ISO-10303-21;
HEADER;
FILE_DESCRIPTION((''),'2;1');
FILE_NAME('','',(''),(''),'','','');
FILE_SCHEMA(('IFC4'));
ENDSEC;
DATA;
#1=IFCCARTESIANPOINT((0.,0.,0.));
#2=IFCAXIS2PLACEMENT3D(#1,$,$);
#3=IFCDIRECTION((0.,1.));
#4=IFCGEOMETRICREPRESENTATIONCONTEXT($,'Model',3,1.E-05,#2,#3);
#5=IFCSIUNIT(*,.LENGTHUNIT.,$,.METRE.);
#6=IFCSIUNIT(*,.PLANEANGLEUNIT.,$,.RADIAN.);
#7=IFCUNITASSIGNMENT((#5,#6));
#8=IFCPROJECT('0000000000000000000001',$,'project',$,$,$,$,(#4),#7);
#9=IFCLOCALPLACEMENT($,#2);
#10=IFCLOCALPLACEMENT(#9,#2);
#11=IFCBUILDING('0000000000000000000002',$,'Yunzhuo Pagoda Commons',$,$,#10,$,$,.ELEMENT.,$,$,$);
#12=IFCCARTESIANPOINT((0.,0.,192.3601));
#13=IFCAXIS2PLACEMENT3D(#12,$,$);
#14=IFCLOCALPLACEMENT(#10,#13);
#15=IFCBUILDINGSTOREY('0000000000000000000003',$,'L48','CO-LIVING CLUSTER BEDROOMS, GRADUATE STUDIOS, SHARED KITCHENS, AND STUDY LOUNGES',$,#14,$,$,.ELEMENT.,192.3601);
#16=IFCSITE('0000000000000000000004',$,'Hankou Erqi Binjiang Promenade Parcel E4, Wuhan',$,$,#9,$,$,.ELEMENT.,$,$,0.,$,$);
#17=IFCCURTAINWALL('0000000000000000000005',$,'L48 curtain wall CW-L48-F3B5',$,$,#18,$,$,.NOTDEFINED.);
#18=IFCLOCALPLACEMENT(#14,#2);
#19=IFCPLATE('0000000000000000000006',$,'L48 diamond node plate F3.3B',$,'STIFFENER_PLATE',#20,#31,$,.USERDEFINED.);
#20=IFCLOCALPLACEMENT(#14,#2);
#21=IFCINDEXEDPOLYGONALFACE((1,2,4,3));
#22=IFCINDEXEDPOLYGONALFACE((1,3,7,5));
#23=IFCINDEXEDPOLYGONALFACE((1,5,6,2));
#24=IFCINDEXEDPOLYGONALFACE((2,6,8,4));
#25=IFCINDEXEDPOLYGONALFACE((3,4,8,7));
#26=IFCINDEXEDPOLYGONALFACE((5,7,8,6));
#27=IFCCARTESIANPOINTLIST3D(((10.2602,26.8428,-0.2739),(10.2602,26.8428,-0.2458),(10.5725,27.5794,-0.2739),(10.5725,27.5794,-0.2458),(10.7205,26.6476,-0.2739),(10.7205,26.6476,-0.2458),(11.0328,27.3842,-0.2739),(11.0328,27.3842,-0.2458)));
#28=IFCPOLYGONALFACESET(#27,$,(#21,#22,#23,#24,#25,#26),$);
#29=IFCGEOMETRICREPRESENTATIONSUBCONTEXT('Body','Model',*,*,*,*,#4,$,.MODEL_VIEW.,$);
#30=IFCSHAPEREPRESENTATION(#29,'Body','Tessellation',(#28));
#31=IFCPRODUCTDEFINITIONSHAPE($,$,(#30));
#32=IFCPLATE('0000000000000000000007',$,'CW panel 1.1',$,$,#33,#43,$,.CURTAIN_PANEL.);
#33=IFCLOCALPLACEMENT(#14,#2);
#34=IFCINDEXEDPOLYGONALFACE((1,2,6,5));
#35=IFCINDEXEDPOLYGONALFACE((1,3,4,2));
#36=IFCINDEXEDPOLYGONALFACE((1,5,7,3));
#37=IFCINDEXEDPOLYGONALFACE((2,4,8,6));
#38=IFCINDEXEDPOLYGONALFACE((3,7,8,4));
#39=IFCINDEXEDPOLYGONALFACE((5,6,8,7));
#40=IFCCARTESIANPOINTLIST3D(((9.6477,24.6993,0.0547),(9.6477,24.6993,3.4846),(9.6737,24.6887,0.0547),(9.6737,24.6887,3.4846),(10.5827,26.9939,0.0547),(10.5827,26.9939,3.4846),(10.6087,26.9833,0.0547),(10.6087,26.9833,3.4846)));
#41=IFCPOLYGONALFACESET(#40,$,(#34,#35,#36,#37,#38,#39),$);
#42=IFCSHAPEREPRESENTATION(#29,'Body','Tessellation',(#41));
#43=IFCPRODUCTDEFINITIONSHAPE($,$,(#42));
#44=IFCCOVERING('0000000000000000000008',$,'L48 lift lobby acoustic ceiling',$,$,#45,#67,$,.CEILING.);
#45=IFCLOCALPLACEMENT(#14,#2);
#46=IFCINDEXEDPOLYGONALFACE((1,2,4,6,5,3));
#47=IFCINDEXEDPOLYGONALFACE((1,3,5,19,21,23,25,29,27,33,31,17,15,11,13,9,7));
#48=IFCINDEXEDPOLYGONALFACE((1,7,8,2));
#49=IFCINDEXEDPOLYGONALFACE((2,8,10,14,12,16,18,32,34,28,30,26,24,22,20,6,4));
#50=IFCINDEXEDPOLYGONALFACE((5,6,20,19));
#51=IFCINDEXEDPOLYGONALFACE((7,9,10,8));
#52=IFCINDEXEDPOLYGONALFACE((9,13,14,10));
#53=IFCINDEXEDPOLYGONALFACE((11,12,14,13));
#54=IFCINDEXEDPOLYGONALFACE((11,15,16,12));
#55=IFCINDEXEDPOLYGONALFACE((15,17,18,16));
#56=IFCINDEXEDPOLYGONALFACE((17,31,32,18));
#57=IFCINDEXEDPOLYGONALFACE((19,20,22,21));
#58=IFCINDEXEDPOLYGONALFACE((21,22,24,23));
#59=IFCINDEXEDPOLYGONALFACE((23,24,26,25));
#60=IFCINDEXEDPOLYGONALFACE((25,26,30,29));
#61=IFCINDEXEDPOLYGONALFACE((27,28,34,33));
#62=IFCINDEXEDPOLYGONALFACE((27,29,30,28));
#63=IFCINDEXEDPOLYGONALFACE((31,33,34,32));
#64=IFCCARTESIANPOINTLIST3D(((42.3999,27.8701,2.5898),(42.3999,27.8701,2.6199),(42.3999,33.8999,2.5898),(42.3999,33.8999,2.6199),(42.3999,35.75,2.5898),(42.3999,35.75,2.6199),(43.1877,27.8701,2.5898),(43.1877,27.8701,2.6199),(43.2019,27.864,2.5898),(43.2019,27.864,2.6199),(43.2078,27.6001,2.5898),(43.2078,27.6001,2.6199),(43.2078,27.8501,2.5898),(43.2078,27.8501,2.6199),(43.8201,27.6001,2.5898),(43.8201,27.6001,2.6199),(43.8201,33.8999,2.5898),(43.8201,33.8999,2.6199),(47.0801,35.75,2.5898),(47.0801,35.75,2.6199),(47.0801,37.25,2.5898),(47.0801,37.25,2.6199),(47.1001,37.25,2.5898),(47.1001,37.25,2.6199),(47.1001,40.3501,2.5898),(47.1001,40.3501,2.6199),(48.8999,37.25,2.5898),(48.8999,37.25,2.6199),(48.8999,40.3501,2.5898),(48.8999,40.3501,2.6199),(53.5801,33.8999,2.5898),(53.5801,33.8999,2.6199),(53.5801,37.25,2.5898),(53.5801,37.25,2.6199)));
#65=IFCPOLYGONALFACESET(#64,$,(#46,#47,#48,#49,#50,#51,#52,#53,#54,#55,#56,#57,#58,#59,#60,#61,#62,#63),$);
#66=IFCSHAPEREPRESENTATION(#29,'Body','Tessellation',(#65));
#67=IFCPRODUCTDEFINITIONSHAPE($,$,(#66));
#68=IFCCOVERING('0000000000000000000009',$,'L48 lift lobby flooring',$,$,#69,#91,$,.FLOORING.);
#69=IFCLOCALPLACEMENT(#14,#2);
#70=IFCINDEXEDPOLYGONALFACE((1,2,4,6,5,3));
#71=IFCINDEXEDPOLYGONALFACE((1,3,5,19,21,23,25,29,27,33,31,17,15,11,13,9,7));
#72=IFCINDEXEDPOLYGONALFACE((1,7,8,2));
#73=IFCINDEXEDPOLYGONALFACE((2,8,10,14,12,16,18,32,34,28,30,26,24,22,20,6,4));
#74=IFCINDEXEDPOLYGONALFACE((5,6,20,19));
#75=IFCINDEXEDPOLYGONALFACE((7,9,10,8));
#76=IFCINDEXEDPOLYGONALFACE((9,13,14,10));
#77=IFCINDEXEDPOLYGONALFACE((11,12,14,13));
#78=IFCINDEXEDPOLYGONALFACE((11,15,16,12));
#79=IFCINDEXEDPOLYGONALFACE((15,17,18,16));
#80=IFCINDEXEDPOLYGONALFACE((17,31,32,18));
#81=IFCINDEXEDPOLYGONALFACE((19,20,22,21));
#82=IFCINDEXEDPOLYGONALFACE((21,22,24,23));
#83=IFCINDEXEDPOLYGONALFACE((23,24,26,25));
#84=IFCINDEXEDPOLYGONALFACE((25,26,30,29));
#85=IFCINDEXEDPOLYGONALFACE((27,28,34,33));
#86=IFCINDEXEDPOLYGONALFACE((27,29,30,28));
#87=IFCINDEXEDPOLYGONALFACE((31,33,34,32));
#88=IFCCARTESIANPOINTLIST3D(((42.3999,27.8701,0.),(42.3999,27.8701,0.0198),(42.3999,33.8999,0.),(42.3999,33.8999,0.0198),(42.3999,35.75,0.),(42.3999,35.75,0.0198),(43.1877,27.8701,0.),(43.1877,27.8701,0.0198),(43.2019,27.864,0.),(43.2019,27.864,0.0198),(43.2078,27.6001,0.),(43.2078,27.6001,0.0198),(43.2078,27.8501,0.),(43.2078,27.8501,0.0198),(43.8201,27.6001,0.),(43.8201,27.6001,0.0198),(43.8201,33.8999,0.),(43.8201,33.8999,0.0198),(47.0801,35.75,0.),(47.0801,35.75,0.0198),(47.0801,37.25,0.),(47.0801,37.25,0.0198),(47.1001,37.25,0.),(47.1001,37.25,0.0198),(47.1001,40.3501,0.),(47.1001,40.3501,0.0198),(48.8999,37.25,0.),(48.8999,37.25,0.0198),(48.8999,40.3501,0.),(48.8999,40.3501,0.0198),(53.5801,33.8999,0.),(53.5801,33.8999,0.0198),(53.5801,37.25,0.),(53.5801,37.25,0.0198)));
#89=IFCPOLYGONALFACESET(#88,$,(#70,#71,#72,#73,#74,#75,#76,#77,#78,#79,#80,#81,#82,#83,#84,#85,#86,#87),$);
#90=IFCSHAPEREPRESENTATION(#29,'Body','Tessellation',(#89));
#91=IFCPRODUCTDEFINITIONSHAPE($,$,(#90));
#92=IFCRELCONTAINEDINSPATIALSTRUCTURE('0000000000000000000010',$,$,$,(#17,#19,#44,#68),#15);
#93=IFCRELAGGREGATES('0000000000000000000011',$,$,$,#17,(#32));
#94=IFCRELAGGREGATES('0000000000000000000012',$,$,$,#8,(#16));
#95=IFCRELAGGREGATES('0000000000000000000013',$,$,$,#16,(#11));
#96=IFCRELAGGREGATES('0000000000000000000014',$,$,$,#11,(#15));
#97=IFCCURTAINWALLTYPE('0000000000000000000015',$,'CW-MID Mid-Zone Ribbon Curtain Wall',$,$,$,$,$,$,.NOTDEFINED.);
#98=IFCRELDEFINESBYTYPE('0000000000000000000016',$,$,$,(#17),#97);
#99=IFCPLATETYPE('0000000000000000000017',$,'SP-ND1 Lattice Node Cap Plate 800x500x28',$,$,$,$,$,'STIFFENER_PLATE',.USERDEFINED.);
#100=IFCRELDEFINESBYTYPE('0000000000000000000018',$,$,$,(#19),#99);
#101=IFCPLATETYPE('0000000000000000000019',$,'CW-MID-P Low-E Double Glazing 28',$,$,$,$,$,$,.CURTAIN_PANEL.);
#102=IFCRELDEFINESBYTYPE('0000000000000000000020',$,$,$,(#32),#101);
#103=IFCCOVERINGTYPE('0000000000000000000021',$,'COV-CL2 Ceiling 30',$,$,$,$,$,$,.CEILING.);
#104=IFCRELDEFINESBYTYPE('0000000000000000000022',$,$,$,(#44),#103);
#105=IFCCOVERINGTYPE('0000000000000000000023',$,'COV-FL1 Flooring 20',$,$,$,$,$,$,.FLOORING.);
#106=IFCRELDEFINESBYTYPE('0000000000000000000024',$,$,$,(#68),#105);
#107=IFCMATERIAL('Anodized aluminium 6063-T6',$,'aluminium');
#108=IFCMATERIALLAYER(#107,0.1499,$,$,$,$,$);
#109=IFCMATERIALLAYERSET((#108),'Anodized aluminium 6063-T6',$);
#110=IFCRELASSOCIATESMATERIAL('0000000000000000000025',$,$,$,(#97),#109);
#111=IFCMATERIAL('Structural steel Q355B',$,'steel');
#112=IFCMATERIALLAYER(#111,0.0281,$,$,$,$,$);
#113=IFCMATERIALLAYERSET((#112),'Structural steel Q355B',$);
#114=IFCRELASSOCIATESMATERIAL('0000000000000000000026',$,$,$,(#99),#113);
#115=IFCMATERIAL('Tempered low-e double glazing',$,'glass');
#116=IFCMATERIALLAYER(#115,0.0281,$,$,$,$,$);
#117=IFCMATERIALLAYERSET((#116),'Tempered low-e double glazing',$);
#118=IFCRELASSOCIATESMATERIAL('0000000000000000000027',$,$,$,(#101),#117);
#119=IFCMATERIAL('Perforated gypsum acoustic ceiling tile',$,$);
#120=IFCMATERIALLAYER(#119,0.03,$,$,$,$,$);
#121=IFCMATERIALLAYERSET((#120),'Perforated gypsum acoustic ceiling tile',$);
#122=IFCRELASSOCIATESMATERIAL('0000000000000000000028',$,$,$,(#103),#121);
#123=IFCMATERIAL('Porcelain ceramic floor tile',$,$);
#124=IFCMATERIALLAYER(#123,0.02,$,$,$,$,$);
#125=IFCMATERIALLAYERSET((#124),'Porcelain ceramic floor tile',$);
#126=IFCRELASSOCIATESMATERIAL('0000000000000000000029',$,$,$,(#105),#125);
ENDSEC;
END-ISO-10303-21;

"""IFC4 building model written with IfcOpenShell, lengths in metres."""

from ifc_helpers import new_model, si_unit, direction, frame, origin, origin_2d, place, context, subcontext, project, spatial, polyline, rectangle, outline, extrude, source, transform, mapped, material, layer, layer_set, type_object, element, aggregate, save


model = new_model("IFC4")

# Units and contexts
model_context = context("Model", 3, precision=1e-05, world=origin(), true_north=direction((0.0, 1.0)))
body_context = subcontext(model_context, "Body", "Model", "MODEL_VIEW")
ifc_project = project(units=[si_unit("LENGTHUNIT", "METRE"), si_unit("PLANEANGLEUNIT", "RADIAN")], contexts=[model_context])

# Site, building, storey
site_placement = place(None, origin())
site = spatial("IfcSite", under=ifc_project, at=site_placement, Name="Hankou Erqi Binjiang Promenade Parcel E4, Wuhan", CompositionType="ELEMENT", RefElevation=0.0)
building_placement = place(site_placement, origin())
building = spatial("IfcBuilding", under=site, at=building_placement, Name="Yunzhuo Pagoda Commons", CompositionType="ELEMENT")
storey_placement = place(building_placement, frame((0.0, 0.0, 192.3601)))
storey = spatial("IfcBuildingStorey", under=building, at=storey_placement, Name="L48", Description="CO-LIVING CLUSTER BEDROOMS, GRADUATE STUDIOS, SHARED KITCHENS, AND STUDY LOUNGES", CompositionType="ELEMENT", Elevation=192.3601)

# Shared definitions
ifc_material_1 = material(Name="Structural steel Q355B", Category="steel")

# Shared definitions
ifc_material_2 = material(Name="Anodized aluminium 6063-T6", Category="aluminium")
ifc_layer_1 = layer(ifc_material_2, 0.1499)
ifc_layer_set_1 = layer_set([ifc_layer_1], Name="Anodized aluminium 6063-T6")
curtain_wall_type = type_object("IfcCurtainWallType", Name="CW-MID Mid-Zone Ribbon Curtain Wall", PredefinedType="NOTDEFINED", material=ifc_layer_set_1)

# Curtain wall
curtain_wall_1_placement = place(storey_placement, origin())
curtain_wall_1 = element("IfcCurtainWall", 1, at=curtain_wall_1_placement, inside=storey, type_object=curtain_wall_type, Name="L48 curtain wall CW-L48-F3B5", PredefinedType="NOTDEFINED")

# Plates
ifc_layer_2 = layer(ifc_material_1, 0.0281)
ifc_layer_set_2 = layer_set([ifc_layer_2], Name="Structural steel Q355B")
plate_type_1 = type_object("IfcPlateType", Name="SP-ND1 Lattice Node Cap Plate 800x500x28", ElementType="STIFFENER_PLATE", PredefinedType="USERDEFINED", material=ifc_layer_set_2)
shared_shape_1 = source(origin(), body_context, "Body", "SweptSolid", [
    extrude(rectangle(XDim=0.8, YDim=0.5, at=origin_2d()), origin(), (0.0, 0.0, 1.0), 0.0281),
])
plate_1_placement = place(storey_placement, frame((10.6465, 27.1135, -0.2739), z_axis=(0.0, 0.0, 1.0), x_axis=(-0.390346, -0.920668, 0.0)))
element("IfcPlate", 2, at=plate_1_placement, inside=storey, type_object=plate_type_1, Name="L48 diamond node plate F3.3B", ObjectType="STIFFENER_PLATE", PredefinedType="USERDEFINED", context=body_context, shape_type="MappedRepresentation", body=[
    mapped(shared_shape_1, transform((0.0, 0.0, 0.0), scale=1.0)),
])
ifc_material_3 = material(Name="Tempered low-e double glazing", Category="glass")
ifc_layer_3 = layer(ifc_material_3, 0.0281)
ifc_layer_set_3 = layer_set([ifc_layer_3], Name="Tempered low-e double glazing")
plate_type_2 = type_object("IfcPlateType", Name="CW-MID-P Low-E Double Glazing 28", PredefinedType="CURTAIN_PANEL", material=ifc_layer_set_3)
shared_shape_2 = source(origin(), body_context, "Body", "SweptSolid", [
    extrude(rectangle(XDim=2.4778, YDim=0.0281, at=origin_2d()), origin(), (0.0, 0.0, 1.0), 3.4299),
])
plate_2_placement = place(storey_placement, frame((10.1282, 25.8413, 0.0547), z_axis=(0.0, 0.0, 1.0), x_axis=(-0.377349, -0.926071, 0.0)))
plate_2 = element("IfcPlate", 3, at=plate_2_placement, type_object=plate_type_2, Name="CW panel 1.1", PredefinedType="CURTAIN_PANEL", context=body_context, shape_type="MappedRepresentation", body=[
    mapped(shared_shape_2, transform((0.0, 0.0, 0.0), scale=1.0)),
])
aggregate(curtain_wall_1, [plate_2])

# Coverings
ifc_material_4 = material(Name="Perforated gypsum acoustic ceiling tile")
ifc_layer_4 = layer(ifc_material_4, 0.03)
ifc_layer_set_4 = layer_set([ifc_layer_4], Name="Perforated gypsum acoustic ceiling tile")
covering_type_1 = type_object("IfcCoveringType", Name="COV-CL2 Ceiling 30", PredefinedType="CEILING", material=ifc_layer_set_4)
covering_1_placement = place(storey_placement, frame((0.0, 0.0, 2.5898)))
element("IfcCovering", 4, at=covering_1_placement, inside=storey, type_object=covering_type_1, Name="L48 lift lobby acoustic ceiling", PredefinedType="CEILING", context=body_context, shape_type="SweptSolid", body=[
    extrude(outline(polyline([(42.3999, 35.75), (47.0801, 35.75), (47.0801, 37.25), (47.1001, 37.25), (47.1001, 40.3501), (48.8999, 40.3501), (48.8999, 37.25), (53.5801, 37.25), (53.5801, 33.8999), (43.8201, 33.8999), (43.8201, 27.6001), (43.2078, 27.6001), (43.2078, 27.8501), (43.2019, 27.864), (43.1877, 27.8701), (42.3999, 27.8701), (42.3999, 33.8999), (42.3999, 35.75)])), origin(), (0.0, 0.0, 1.0), 0.03),
])
ifc_material_5 = material(Name="Porcelain ceramic floor tile")
ifc_layer_5 = layer(ifc_material_5, 0.02)
ifc_layer_set_5 = layer_set([ifc_layer_5], Name="Porcelain ceramic floor tile")
covering_type_2 = type_object("IfcCoveringType", Name="COV-FL1 Flooring 20", PredefinedType="FLOORING", material=ifc_layer_set_5)
covering_2_placement = place(storey_placement, origin())
element("IfcCovering", 5, at=covering_2_placement, inside=storey, type_object=covering_type_2, Name="L48 lift lobby flooring", PredefinedType="FLOORING", context=body_context, shape_type="SweptSolid", body=[
    extrude(outline(polyline([(42.3999, 35.75), (47.0801, 35.75), (47.0801, 37.25), (47.1001, 37.25), (47.1001, 40.3501), (48.8999, 40.3501), (48.8999, 37.25), (53.5801, 37.25), (53.5801, 33.8999), (43.8201, 33.8999), (43.8201, 27.6001), (43.2078, 27.6001), (43.2078, 27.8501), (43.2019, 27.864), (43.1877, 27.8701), (42.3999, 27.8701), (42.3999, 33.8999), (42.3999, 35.75)])), origin(), (0.0, 0.0, 1.0), 0.0198),
])

save(model, "model.ifc")
